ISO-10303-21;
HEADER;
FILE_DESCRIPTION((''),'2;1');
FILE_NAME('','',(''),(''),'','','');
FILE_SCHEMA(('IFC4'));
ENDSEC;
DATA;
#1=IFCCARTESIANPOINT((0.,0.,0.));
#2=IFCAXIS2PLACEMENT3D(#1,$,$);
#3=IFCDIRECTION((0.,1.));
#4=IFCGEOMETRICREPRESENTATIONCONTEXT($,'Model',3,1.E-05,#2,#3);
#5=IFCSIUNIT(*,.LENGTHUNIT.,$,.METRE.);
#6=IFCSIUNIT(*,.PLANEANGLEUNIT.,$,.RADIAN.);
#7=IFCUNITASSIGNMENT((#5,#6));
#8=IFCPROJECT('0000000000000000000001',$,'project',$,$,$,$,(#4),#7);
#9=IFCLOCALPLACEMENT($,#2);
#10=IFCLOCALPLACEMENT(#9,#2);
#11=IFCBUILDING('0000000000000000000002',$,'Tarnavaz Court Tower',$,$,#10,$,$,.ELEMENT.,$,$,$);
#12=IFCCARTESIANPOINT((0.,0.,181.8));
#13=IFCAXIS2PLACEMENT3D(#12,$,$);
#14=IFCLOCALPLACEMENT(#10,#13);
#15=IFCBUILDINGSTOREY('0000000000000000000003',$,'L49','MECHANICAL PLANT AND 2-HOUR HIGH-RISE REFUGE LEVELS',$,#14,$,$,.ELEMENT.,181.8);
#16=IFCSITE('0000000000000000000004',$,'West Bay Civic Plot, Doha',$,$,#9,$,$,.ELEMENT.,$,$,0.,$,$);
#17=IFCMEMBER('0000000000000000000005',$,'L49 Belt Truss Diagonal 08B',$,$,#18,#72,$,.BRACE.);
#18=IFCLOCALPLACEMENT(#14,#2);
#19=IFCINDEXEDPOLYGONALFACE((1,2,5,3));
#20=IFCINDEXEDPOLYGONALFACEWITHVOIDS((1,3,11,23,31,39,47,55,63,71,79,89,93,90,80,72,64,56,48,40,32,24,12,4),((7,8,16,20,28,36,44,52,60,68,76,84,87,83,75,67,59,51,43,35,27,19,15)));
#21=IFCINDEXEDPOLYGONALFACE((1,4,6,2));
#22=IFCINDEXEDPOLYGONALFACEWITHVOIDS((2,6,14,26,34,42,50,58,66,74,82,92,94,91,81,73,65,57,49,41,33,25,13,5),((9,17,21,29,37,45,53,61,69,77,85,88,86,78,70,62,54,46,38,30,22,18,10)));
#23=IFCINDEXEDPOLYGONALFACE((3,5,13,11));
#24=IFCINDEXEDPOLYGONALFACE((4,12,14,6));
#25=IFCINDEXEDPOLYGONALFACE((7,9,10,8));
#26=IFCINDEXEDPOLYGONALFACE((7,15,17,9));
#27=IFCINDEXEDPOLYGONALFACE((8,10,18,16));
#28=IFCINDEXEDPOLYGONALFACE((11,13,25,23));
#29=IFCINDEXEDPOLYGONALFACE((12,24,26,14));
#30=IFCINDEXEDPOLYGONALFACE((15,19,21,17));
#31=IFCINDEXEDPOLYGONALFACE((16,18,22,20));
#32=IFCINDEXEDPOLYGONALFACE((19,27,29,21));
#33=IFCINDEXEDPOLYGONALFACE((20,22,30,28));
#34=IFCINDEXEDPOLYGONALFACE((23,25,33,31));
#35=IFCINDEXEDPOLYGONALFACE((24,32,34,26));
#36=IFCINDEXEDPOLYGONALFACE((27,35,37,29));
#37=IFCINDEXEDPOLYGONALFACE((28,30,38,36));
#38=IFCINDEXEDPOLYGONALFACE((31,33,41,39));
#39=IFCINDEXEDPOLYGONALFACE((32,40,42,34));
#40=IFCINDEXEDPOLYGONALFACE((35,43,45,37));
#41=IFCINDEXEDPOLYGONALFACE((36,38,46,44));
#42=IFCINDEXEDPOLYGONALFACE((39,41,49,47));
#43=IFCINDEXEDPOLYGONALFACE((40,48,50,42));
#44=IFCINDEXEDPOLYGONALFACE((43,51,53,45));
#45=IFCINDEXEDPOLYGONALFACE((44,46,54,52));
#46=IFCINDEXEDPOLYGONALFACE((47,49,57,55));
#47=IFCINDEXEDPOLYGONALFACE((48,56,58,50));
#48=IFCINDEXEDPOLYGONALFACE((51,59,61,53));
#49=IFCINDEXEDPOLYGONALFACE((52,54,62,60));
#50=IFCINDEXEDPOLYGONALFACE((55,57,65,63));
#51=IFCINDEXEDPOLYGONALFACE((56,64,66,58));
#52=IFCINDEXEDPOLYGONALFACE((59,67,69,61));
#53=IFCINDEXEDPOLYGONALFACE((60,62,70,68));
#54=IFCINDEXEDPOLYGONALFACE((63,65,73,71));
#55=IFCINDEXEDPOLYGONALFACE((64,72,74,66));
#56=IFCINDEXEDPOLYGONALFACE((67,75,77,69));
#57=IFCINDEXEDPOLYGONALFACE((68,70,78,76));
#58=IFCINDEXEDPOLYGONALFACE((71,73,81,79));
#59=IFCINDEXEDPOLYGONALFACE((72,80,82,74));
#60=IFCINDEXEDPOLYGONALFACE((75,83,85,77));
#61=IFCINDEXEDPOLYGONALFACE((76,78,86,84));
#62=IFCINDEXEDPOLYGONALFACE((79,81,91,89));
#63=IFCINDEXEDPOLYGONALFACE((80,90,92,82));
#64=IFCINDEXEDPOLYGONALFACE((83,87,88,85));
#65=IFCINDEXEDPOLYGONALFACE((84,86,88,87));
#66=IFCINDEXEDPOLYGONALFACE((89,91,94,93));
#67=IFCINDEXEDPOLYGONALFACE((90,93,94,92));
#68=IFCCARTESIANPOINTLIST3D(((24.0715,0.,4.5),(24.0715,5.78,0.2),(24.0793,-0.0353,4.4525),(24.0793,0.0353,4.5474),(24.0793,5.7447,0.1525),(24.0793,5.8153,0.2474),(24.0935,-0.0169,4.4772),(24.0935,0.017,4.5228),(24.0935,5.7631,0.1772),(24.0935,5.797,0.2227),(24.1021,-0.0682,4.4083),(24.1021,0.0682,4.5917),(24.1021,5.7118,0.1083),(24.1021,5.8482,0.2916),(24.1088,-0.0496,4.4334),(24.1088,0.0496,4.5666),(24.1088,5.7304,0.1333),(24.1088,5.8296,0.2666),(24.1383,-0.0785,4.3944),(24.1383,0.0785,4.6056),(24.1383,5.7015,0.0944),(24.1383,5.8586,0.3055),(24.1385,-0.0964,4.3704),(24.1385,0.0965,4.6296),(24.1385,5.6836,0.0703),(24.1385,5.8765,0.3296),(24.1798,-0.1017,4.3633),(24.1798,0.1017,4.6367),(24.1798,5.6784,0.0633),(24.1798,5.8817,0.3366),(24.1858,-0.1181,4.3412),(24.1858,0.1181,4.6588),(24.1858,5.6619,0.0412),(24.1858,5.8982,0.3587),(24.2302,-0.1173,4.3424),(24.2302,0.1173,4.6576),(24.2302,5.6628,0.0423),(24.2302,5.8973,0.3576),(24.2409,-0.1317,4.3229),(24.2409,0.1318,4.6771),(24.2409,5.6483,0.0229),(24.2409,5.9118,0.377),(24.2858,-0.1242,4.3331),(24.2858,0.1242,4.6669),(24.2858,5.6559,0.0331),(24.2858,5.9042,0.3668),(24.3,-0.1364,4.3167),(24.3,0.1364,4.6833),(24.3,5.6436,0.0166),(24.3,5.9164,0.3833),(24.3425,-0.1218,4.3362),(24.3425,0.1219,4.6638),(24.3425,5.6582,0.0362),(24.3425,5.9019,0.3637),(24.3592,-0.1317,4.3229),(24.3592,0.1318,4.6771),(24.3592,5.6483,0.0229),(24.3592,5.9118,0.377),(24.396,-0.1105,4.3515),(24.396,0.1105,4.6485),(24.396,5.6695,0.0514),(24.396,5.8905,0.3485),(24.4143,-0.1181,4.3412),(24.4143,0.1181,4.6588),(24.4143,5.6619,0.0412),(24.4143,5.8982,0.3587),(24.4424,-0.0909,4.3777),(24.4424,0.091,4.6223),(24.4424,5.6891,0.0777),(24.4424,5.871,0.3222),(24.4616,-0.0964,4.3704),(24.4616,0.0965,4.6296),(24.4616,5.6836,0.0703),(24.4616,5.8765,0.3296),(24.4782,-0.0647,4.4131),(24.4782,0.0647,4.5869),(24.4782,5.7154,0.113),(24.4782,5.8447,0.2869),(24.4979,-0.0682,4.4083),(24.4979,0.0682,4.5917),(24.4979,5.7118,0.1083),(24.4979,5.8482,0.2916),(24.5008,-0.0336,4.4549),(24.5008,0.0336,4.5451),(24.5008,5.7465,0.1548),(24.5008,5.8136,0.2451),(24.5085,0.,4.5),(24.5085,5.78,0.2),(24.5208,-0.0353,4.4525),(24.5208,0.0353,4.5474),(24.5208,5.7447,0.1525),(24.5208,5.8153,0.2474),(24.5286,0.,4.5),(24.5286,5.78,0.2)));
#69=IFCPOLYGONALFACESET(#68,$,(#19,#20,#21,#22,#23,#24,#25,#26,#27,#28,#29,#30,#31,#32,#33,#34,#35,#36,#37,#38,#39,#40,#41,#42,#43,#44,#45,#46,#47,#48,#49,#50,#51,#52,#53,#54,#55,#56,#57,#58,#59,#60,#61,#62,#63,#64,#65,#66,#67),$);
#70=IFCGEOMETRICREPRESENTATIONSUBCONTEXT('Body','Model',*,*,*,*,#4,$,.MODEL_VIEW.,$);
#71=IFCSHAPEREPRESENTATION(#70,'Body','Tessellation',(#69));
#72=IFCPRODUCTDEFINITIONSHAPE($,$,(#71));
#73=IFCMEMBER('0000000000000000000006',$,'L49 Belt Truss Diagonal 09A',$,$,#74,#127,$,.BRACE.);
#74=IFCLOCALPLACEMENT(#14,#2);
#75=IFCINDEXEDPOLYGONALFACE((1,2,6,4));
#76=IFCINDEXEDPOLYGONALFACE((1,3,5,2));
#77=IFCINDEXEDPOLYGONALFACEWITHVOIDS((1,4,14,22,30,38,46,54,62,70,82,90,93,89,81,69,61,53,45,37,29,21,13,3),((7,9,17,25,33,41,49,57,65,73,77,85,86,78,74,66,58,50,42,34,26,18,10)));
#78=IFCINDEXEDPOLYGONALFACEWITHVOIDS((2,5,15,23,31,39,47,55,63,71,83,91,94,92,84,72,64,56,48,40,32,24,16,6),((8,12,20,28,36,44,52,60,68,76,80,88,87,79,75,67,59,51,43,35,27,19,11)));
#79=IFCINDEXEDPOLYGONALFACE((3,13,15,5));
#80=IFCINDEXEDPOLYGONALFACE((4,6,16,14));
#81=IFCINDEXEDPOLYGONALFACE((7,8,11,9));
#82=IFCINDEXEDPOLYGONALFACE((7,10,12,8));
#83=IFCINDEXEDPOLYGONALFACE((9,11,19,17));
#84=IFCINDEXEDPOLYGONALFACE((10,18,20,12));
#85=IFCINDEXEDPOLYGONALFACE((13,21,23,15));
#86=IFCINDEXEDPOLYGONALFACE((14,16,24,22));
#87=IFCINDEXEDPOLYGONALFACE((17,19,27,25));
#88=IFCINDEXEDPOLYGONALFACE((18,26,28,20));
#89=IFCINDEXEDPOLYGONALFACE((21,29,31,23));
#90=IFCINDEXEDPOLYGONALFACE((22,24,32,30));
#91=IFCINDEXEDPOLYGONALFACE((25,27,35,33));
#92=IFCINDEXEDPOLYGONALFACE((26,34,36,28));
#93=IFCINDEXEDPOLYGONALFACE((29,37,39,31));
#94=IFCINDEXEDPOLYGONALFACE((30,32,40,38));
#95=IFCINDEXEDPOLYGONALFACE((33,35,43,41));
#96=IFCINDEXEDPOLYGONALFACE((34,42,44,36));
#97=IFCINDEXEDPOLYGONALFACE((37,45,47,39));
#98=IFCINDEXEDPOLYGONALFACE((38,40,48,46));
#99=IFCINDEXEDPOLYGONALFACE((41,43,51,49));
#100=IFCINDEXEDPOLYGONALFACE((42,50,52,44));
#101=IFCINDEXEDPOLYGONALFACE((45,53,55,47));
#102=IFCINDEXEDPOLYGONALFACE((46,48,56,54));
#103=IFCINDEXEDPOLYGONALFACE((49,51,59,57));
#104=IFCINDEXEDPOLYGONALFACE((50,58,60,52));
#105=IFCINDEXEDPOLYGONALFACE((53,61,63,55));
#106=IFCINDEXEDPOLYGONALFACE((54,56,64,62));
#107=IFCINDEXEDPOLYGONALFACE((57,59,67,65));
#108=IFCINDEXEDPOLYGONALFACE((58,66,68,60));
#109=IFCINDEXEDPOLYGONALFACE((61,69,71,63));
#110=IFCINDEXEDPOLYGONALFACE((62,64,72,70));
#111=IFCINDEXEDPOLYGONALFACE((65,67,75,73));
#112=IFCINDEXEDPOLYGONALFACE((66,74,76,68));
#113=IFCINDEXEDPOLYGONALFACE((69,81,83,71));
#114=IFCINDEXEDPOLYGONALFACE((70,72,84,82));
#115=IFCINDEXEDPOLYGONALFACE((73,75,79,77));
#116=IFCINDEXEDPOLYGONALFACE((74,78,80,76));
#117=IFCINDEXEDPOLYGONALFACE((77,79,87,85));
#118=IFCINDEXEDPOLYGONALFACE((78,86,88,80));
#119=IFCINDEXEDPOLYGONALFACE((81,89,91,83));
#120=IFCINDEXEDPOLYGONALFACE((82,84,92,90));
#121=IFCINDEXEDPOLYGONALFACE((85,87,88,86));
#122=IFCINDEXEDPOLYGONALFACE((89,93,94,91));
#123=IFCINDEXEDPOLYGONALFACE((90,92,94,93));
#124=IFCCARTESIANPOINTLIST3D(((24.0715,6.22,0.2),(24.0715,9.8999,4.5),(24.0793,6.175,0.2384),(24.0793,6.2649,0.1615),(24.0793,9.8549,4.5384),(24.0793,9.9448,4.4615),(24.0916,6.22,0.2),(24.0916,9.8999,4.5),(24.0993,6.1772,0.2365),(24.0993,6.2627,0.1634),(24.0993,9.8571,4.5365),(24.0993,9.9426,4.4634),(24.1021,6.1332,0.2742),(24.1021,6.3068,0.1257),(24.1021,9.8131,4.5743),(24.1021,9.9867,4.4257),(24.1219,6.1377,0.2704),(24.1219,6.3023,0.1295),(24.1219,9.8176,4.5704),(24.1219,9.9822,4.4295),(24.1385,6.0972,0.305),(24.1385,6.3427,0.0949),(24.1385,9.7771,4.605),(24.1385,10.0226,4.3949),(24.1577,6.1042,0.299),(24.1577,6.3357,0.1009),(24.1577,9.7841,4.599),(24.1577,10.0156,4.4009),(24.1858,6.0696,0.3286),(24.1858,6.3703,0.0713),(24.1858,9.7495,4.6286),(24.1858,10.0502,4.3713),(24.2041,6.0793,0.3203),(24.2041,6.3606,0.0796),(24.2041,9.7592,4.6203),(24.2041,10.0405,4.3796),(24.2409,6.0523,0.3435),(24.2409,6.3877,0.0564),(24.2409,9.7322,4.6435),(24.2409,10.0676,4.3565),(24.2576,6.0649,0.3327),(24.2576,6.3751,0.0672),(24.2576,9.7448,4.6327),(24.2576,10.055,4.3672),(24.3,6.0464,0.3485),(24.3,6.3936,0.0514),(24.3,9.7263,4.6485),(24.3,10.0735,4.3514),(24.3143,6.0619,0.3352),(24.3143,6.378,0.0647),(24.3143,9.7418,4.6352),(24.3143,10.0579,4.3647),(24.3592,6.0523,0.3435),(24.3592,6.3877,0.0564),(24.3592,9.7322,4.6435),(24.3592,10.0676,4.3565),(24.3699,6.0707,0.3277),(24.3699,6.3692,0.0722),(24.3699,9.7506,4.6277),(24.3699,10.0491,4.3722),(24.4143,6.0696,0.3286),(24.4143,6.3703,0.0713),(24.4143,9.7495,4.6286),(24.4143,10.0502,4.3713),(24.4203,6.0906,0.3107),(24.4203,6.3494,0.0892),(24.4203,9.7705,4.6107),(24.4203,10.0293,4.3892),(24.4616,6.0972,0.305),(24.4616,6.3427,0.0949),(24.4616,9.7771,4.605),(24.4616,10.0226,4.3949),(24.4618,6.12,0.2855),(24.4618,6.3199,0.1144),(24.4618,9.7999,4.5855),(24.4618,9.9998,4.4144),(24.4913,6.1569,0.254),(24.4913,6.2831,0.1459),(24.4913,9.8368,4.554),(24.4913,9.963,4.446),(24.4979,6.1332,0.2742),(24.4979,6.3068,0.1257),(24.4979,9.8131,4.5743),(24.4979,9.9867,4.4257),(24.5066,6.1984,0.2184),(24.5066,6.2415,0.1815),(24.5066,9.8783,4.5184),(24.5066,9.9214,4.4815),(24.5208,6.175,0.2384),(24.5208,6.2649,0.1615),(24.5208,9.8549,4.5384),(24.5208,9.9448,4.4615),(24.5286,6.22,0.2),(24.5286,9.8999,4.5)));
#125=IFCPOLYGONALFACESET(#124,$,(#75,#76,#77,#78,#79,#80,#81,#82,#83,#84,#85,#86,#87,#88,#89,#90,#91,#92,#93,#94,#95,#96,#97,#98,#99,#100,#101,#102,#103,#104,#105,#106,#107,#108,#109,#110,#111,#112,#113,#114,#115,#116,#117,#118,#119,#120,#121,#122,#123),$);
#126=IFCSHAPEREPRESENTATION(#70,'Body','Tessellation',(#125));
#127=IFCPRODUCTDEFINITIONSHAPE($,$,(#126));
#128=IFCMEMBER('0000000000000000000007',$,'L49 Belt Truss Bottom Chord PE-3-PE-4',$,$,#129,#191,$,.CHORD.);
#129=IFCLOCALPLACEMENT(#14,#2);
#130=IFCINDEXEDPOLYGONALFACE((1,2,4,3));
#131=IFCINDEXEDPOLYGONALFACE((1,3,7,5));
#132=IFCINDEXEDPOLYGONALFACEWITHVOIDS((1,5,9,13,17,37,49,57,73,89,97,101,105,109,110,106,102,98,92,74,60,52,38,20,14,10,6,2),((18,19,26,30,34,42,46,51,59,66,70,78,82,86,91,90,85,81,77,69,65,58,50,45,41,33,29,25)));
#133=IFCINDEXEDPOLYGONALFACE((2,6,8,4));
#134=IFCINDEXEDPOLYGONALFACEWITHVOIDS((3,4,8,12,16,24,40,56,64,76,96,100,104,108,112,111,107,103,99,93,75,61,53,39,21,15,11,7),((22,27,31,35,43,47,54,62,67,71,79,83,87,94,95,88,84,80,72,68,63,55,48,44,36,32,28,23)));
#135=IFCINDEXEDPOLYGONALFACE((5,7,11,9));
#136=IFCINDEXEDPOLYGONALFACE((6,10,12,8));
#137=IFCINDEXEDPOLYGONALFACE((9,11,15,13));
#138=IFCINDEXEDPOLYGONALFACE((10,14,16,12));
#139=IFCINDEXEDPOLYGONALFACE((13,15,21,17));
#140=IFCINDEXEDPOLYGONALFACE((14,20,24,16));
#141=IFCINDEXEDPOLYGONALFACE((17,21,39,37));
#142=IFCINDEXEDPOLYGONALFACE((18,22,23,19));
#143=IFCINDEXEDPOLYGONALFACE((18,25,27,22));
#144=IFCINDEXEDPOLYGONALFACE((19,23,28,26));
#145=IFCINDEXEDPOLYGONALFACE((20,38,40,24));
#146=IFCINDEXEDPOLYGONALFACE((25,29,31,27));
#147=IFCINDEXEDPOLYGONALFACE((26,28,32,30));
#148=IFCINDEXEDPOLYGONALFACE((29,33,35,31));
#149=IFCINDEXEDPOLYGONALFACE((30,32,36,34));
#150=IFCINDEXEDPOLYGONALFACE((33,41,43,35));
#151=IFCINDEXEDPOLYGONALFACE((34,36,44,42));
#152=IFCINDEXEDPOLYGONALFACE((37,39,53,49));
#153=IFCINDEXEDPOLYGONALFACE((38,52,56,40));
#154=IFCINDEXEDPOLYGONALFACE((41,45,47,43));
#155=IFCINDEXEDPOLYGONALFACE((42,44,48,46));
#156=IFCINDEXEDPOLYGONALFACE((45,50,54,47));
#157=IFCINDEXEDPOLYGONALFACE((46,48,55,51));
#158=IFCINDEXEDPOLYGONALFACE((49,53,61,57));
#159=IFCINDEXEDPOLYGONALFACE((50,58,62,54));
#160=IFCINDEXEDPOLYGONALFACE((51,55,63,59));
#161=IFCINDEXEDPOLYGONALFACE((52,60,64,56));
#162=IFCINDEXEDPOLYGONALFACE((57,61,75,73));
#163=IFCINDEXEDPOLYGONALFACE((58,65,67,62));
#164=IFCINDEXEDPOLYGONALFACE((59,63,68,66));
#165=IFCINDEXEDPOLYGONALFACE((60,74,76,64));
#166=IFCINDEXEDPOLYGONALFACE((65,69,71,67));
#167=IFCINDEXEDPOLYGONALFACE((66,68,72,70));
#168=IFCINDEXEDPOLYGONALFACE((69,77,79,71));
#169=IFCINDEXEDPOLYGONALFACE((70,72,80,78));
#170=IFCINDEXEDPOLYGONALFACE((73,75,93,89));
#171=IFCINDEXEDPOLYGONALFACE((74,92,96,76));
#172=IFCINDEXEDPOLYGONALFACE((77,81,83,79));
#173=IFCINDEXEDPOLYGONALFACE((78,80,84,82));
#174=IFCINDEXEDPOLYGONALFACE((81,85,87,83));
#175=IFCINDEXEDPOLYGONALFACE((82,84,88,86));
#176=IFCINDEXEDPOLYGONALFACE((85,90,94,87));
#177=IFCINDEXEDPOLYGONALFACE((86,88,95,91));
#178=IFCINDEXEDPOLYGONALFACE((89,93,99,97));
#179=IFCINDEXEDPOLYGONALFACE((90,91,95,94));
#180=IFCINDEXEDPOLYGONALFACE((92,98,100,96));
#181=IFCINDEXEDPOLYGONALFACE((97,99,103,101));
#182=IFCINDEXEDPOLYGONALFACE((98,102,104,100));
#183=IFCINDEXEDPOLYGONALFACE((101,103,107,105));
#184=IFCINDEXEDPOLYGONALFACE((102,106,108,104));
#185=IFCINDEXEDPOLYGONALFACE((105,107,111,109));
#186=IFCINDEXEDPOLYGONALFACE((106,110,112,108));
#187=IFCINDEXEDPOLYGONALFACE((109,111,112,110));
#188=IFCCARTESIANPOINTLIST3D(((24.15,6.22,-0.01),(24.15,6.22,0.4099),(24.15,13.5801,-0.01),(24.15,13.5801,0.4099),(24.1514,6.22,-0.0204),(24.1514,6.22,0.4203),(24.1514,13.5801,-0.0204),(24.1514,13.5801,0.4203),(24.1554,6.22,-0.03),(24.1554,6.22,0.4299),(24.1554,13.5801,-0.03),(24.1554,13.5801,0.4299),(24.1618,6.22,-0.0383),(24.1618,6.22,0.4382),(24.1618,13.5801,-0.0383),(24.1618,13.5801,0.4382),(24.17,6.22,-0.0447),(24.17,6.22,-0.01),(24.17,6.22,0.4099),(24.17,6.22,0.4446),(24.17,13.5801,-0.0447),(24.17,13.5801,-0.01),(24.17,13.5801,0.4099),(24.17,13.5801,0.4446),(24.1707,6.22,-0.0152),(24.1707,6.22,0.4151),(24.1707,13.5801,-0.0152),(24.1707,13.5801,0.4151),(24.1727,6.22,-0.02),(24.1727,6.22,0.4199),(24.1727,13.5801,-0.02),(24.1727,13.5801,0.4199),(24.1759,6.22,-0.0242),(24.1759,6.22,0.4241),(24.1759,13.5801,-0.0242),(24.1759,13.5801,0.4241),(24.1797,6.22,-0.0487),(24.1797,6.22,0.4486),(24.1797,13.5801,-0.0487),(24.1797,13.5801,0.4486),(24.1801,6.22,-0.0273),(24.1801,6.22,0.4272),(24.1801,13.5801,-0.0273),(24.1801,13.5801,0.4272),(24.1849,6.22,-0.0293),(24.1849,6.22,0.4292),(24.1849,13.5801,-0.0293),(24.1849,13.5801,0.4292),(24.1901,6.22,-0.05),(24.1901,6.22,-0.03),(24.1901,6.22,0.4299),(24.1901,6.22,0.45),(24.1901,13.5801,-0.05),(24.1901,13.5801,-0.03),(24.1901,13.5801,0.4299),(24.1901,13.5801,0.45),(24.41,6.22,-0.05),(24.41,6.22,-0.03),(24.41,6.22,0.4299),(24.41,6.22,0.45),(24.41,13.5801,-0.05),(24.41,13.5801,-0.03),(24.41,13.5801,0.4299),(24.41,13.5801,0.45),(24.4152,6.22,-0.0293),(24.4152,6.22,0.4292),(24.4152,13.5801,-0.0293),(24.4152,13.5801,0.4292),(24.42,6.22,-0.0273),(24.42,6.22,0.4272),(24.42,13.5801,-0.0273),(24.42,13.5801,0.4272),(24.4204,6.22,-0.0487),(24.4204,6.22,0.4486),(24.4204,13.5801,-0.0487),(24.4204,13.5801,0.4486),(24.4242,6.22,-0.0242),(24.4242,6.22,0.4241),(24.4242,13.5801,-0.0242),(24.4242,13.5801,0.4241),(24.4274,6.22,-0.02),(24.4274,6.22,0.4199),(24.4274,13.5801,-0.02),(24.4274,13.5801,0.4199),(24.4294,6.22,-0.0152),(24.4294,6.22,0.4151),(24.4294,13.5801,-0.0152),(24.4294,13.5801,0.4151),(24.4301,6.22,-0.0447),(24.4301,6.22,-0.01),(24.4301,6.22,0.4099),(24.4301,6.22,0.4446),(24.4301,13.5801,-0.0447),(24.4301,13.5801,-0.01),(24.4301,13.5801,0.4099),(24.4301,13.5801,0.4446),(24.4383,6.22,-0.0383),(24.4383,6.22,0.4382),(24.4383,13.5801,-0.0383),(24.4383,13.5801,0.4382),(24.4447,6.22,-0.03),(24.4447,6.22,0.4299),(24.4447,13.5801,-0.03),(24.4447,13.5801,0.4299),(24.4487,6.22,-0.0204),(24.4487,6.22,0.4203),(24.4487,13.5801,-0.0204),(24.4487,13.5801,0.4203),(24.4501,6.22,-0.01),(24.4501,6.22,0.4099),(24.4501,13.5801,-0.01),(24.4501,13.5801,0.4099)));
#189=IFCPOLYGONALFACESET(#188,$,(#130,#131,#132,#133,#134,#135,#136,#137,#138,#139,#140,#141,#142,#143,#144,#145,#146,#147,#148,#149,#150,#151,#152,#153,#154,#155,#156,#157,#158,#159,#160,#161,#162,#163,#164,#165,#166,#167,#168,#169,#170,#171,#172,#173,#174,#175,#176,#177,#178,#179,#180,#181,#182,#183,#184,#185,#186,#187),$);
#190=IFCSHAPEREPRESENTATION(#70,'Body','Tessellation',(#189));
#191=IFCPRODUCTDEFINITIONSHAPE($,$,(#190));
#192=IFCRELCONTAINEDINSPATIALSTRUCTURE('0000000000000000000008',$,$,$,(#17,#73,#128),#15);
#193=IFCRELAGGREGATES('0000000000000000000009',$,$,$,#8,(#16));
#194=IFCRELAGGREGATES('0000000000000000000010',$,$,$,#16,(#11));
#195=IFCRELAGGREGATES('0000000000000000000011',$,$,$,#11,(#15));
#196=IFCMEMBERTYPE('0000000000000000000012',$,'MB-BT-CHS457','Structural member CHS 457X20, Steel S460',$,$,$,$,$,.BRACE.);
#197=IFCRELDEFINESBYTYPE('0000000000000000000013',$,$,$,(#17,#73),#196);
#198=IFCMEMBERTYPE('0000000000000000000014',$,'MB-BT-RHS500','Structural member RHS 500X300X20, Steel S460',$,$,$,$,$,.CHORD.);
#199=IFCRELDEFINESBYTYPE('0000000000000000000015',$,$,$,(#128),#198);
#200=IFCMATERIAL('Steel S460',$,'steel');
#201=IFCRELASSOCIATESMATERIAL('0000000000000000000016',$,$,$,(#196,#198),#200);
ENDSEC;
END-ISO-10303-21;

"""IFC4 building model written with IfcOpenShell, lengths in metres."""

from ifc_helpers import new_model, si_unit, direction, frame, origin, origin_2d, place, context, subcontext, project, spatial, hollow_rectangle, hollow_circle, extrude, material, material_profile, profile_set, type_object, element, save


model = new_model("IFC4")

# Units and contexts
model_context = context("Model", 3, precision=1e-05, world=origin(), true_north=direction((0.0, 1.0)))
body_context = subcontext(model_context, "Body", "Model", "MODEL_VIEW")
ifc_project = project(units=[si_unit("LENGTHUNIT", "METRE"), si_unit("PLANEANGLEUNIT", "RADIAN")], contexts=[model_context])

# Site, building, storey
site_placement = place(None, origin())
site = spatial("IfcSite", under=ifc_project, at=site_placement, Name="West Bay Civic Plot, Doha", CompositionType="ELEMENT", RefElevation=0.0)
building_placement = place(site_placement, origin())
building = spatial("IfcBuilding", under=site, at=building_placement, Name="Tarnavaz Court Tower", CompositionType="ELEMENT")
storey_placement = place(building_placement, frame((0.0, 0.0, 181.8)))
storey = spatial("IfcBuildingStorey", under=building, at=storey_placement, Name="L49", Description="MECHANICAL PLANT AND 2-HOUR HIGH-RISE REFUGE LEVELS", CompositionType="ELEMENT", Elevation=181.8)

# Shared definitions
ifc_material_1 = material(Name="Steel S460", Category="steel")

# Members
ifc_material_profile_1 = material_profile(ifc_material_1, hollow_circle(Radius=0.2285, WallThickness=0.02, at=origin_2d()), Name="CHS 457X20")
ifc_profile_set_1 = profile_set([ifc_material_profile_1], Name="Steel S460")
member_type_1 = type_object("IfcMemberType", Name="MB-BT-CHS457", Description="Structural member CHS 457X20, Steel S460", PredefinedType="BRACE", material=ifc_profile_set_1)
member_1_placement = place(storey_placement, frame((24.3, 5.78, 0.2), z_axis=(0.0, -0.802324, 0.596889), x_axis=(1.0, 0.0, 0.0)))
element("IfcMember", 1, at=member_1_placement, inside=storey, type_object=member_type_1, Name="L49 Belt Truss Diagonal 08B", PredefinedType="BRACE", context=body_context, shape_type="SweptSolid", body=[
    extrude(hollow_circle(Radius=0.2285, WallThickness=0.02, at=origin_2d()), origin(), (0.0, 0.0, 1.0), 7.2041),
])
member_2_placement = place(storey_placement, frame((24.3, 6.22, 0.2), z_axis=(0.0, 0.650198, 0.759765), x_axis=(-1.0, 0.0, 0.0)))
element("IfcMember", 2, at=member_2_placement, inside=storey, type_object=member_type_1, Name="L49 Belt Truss Diagonal 09A", PredefinedType="BRACE", context=body_context, shape_type="SweptSolid", body=[
    extrude(hollow_circle(Radius=0.2285, WallThickness=0.02, at=origin_2d()), origin(), (0.0, 0.0, 1.0), 5.6597),
])
ifc_material_profile_2 = material_profile(ifc_material_1, hollow_rectangle(XDim=0.3, YDim=0.5, WallThickness=0.02, InnerFilletRadius=0.02, OuterFilletRadius=0.04, at=origin_2d()), Name="RHS 500X300X20")
ifc_profile_set_2 = profile_set([ifc_material_profile_2], Name="Steel S460")
member_type_2 = type_object("IfcMemberType", Name="MB-BT-RHS500", Description="Structural member RHS 500X300X20, Steel S460", PredefinedType="CHORD", material=ifc_profile_set_2)
member_3_placement = place(storey_placement, frame((24.3, 6.22, 0.2), z_axis=(0.0, 1.0, 0.0), x_axis=(-1.0, 0.0, 0.0)))
element("IfcMember", 3, at=member_3_placement, inside=storey, type_object=member_type_2, Name="L49 Belt Truss Bottom Chord PE-3-PE-4", PredefinedType="CHORD", context=body_context, shape_type="SweptSolid", body=[
    extrude(hollow_rectangle(XDim=0.3, YDim=0.5, WallThickness=0.02, InnerFilletRadius=0.02, OuterFilletRadius=0.04, at=origin_2d()), origin(), (0.0, 0.0, 1.0), 7.3601),
])

save(model, "model.ifc")
